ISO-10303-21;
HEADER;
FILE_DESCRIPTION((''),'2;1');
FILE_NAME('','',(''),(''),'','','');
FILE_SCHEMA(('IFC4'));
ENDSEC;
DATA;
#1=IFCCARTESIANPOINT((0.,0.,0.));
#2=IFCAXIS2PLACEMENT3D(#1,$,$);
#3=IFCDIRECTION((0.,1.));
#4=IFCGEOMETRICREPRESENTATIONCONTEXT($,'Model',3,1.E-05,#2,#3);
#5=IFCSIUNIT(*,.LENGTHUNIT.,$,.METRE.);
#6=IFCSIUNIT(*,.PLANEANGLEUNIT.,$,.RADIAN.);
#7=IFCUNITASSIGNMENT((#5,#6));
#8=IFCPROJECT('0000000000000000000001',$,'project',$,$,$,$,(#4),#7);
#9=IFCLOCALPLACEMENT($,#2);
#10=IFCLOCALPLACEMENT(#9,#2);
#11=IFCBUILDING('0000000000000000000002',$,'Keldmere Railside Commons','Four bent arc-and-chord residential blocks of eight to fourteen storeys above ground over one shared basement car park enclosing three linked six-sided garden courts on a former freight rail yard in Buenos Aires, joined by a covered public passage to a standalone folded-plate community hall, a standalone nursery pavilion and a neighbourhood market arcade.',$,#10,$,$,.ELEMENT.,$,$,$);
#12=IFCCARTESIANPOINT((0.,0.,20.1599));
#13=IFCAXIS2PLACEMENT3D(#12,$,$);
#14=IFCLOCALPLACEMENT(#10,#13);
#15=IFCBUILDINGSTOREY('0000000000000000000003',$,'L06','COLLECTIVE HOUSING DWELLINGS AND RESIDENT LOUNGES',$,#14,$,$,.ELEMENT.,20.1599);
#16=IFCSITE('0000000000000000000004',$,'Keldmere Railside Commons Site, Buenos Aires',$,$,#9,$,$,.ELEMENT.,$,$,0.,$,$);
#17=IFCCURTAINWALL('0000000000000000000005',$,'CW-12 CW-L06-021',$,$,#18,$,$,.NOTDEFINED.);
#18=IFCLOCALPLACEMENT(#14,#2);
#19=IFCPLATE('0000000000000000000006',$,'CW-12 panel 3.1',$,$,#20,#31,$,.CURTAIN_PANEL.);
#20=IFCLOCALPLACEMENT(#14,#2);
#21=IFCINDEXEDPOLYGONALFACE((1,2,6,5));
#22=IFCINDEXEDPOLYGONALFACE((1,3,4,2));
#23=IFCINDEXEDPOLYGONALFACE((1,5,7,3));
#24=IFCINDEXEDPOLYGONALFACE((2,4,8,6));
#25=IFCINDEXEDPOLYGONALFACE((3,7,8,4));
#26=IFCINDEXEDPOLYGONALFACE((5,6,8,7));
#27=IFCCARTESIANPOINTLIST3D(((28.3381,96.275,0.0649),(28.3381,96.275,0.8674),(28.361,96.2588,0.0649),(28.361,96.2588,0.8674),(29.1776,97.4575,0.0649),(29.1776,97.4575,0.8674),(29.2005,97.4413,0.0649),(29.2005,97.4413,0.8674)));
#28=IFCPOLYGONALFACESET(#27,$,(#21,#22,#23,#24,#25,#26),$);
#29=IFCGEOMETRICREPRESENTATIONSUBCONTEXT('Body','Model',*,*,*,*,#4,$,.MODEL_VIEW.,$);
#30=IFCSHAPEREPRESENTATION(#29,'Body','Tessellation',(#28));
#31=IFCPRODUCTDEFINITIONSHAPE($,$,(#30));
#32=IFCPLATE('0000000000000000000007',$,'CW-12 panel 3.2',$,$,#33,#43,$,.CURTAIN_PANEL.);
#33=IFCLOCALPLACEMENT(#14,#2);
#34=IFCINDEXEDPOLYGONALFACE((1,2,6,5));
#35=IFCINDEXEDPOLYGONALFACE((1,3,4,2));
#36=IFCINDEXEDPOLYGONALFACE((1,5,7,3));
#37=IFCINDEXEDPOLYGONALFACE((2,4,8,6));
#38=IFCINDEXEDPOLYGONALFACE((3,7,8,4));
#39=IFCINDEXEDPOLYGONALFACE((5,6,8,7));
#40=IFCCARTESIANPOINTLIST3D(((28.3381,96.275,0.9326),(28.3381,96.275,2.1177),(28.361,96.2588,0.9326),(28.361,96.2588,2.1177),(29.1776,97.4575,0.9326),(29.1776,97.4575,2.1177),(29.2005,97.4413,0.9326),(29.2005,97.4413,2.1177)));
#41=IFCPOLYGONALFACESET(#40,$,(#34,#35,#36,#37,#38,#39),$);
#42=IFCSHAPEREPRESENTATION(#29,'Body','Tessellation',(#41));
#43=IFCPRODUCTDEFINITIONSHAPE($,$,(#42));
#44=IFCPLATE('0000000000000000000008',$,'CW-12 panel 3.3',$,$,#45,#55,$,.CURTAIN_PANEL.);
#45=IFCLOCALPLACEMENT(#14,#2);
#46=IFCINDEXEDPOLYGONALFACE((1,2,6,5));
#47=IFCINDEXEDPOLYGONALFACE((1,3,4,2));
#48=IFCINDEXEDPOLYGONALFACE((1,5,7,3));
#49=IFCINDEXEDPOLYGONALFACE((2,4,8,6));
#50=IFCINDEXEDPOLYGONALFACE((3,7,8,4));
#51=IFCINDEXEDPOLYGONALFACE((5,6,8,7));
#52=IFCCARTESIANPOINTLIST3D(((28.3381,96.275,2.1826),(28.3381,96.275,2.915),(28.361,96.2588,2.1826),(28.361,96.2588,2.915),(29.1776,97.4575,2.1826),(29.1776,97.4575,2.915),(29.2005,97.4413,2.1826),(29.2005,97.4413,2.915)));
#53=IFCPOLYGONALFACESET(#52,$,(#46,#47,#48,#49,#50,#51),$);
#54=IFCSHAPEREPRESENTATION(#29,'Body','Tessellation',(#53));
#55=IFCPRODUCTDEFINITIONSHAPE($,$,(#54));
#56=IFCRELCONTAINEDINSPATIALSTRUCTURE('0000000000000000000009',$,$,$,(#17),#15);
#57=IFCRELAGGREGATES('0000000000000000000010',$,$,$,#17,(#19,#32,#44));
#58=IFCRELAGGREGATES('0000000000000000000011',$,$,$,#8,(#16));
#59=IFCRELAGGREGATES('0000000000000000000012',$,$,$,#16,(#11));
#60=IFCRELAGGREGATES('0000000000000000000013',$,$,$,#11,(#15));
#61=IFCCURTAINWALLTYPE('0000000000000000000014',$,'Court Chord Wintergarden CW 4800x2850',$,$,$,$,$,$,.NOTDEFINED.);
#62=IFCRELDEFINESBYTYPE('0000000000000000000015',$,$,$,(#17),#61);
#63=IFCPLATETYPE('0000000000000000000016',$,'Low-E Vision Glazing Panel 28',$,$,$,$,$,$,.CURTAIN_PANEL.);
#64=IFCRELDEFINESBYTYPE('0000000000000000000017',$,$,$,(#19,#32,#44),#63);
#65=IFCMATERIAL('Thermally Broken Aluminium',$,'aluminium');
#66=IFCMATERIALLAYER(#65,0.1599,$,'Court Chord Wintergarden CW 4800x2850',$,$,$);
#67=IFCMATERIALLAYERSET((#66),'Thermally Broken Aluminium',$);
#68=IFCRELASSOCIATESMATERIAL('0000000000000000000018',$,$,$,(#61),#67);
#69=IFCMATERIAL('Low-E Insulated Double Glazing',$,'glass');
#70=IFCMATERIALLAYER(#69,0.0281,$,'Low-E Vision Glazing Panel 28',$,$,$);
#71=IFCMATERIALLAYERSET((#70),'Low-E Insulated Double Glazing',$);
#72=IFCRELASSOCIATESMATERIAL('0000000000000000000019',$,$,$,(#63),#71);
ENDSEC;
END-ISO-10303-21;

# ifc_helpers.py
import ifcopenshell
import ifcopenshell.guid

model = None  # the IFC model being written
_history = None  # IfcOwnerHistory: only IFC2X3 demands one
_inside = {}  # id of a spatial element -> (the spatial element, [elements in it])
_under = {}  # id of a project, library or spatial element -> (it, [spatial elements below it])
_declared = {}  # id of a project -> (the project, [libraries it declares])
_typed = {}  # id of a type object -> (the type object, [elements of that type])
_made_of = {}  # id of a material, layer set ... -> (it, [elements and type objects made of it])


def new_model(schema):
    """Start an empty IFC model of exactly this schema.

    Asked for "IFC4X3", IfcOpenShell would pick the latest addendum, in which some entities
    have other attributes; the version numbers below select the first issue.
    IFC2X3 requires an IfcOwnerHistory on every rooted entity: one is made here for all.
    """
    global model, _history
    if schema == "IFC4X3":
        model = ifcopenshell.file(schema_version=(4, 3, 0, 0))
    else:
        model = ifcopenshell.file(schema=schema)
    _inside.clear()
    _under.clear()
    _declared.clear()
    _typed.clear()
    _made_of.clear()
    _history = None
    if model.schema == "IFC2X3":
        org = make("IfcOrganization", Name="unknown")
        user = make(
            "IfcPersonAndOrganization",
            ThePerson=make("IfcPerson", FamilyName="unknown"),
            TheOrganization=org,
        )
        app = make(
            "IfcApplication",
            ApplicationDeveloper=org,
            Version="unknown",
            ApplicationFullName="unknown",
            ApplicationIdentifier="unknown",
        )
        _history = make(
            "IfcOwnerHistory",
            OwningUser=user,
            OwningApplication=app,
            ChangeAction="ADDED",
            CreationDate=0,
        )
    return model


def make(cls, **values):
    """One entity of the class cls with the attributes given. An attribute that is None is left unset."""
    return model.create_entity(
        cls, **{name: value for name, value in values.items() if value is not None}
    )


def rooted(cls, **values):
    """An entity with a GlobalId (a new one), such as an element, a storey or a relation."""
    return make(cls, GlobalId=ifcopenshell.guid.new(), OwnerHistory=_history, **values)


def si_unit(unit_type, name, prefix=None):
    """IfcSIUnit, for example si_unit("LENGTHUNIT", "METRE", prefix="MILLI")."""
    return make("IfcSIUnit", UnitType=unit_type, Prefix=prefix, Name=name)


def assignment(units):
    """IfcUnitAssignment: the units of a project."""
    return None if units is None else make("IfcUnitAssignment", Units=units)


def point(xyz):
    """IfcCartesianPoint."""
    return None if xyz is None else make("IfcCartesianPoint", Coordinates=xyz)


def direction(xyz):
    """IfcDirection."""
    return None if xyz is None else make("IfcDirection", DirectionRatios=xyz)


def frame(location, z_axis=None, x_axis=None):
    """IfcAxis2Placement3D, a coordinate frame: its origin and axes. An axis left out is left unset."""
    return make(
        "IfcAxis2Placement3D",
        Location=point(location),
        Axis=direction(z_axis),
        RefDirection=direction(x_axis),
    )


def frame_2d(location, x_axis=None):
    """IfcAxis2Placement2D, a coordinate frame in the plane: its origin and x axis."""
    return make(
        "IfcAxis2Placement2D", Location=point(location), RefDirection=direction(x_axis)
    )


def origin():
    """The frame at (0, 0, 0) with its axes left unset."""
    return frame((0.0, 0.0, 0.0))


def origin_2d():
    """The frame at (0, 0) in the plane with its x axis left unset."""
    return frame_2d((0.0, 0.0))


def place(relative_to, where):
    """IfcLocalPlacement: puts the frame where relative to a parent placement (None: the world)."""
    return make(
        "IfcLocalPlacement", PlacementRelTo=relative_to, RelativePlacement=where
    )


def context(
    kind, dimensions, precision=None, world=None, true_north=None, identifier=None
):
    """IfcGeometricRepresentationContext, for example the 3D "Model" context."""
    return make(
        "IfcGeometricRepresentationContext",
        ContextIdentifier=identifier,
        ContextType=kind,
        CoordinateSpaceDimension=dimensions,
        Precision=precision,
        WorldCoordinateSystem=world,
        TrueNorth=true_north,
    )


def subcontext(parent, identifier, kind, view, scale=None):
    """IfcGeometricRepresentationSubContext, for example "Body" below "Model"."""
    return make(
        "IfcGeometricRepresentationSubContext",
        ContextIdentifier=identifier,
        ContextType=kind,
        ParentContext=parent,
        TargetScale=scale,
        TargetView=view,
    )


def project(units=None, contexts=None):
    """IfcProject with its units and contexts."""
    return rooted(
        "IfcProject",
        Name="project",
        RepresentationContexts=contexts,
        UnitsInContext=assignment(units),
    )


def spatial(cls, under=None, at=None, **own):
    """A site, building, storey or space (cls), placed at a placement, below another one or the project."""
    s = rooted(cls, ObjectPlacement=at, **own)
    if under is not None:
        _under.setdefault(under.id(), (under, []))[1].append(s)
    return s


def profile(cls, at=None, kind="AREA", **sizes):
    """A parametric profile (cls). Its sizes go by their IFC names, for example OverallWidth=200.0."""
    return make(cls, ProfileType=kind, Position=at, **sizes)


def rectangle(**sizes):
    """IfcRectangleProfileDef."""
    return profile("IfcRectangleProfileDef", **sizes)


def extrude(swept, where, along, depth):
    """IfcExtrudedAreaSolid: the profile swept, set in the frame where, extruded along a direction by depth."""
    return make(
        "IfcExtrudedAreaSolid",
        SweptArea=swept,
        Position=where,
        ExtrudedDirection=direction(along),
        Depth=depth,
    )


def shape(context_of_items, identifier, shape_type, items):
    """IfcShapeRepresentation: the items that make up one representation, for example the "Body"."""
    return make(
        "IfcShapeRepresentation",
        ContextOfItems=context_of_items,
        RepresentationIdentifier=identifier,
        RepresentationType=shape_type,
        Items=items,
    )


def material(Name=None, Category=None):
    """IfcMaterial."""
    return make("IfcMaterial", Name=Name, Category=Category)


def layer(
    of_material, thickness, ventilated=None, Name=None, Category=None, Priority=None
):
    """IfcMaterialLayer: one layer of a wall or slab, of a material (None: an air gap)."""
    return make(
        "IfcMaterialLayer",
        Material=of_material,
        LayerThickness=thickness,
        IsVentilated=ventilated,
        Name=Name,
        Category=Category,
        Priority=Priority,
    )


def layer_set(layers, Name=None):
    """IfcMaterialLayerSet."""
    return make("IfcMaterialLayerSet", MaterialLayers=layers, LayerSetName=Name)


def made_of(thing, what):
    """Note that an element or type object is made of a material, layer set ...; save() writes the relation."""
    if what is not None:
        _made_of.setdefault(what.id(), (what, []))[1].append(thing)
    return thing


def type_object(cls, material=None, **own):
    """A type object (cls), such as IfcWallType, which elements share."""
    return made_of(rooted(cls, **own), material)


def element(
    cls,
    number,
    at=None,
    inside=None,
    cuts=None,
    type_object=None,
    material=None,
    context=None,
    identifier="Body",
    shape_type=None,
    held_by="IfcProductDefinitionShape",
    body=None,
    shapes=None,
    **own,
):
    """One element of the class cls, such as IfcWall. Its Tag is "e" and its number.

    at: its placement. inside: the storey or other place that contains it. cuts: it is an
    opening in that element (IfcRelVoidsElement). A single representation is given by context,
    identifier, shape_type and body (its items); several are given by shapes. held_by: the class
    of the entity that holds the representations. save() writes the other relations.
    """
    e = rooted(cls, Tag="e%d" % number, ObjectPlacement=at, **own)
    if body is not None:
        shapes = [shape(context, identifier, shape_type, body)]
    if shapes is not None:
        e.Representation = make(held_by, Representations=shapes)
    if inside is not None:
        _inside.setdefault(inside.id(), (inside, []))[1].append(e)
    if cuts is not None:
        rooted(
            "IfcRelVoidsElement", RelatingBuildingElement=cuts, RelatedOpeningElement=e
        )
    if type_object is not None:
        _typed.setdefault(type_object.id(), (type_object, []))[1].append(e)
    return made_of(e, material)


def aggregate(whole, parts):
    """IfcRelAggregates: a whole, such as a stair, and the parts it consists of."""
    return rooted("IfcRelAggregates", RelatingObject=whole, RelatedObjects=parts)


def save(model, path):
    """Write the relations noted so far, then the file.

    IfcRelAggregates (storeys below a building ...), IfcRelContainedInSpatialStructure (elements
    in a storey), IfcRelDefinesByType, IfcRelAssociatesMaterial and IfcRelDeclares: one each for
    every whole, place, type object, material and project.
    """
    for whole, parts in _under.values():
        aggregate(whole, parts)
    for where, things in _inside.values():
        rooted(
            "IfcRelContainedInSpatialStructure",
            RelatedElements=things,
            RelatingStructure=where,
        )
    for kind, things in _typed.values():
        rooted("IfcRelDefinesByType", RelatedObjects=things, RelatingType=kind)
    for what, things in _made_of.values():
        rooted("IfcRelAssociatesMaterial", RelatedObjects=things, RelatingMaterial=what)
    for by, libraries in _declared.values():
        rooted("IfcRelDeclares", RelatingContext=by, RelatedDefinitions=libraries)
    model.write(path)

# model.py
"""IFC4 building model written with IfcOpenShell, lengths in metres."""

from ifc_helpers import new_model, si_unit, direction, frame, origin, origin_2d, place, context, subcontext, project, spatial, rectangle, extrude, material, layer, layer_set, type_object, element, aggregate, save


model = new_model("IFC4")

# Units and contexts
model_context = context("Model", 3, precision=1e-05, world=origin(), true_north=direction((0.0, 1.0)))
body_context = subcontext(model_context, "Body", "Model", "MODEL_VIEW")
ifc_project = project(units=[si_unit("LENGTHUNIT", "METRE"), si_unit("PLANEANGLEUNIT", "RADIAN")], contexts=[model_context])

# Site, building, storey
site_placement = place(None, origin())
site = spatial("IfcSite", under=ifc_project, at=site_placement, Name="Keldmere Railside Commons Site, Buenos Aires", CompositionType="ELEMENT", RefElevation=0.0)
building_placement = place(site_placement, origin())
building = spatial("IfcBuilding", under=site, at=building_placement, Name="Keldmere Railside Commons", Description="Four bent arc-and-chord residential blocks of eight to fourteen storeys above ground over one shared basement car park enclosing three linked six-sided garden courts on a former freight rail yard in Buenos Aires, joined by a covered public passage to a standalone folded-plate community hall, a standalone nursery pavilion and a neighbourhood market arcade.", CompositionType="ELEMENT")
storey_placement = place(building_placement, frame((0.0, 0.0, 20.1599)))
storey = spatial("IfcBuildingStorey", under=building, at=storey_placement, Name="L06", Description="COLLECTIVE HOUSING DWELLINGS AND RESIDENT LOUNGES", CompositionType="ELEMENT", Elevation=20.1599)

# Shared definitions
ifc_material_1 = material(Name="Thermally Broken Aluminium", Category="aluminium")

# Curtain wall
ifc_layer_1 = layer(ifc_material_1, 0.1599, Name="Court Chord Wintergarden CW 4800x2850")
ifc_layer_set_1 = layer_set([ifc_layer_1], Name="Thermally Broken Aluminium")
curtain_wall_type_1 = type_object("IfcCurtainWallType", Name="Court Chord Wintergarden CW 4800x2850", PredefinedType="NOTDEFINED", material=ifc_layer_set_1)
curtain_wall_1_placement = place(storey_placement, origin())
curtain_wall_1 = element("IfcCurtainWall", 1, at=curtain_wall_1_placement, inside=storey, type_object=curtain_wall_type_1, Name="CW-12 CW-L06-021", PredefinedType="NOTDEFINED")

# Plates
ifc_material_2 = material(Name="Low-E Insulated Double Glazing", Category="glass")
ifc_layer_2 = layer(ifc_material_2, 0.0281, Name="Low-E Vision Glazing Panel 28")
ifc_layer_set_2 = layer_set([ifc_layer_2], Name="Low-E Insulated Double Glazing")
plate_type_1 = type_object("IfcPlateType", Name="Low-E Vision Glazing Panel 28", PredefinedType="CURTAIN_PANEL", material=ifc_layer_set_2)
plate_1_placement = place(storey_placement, frame((28.7693, 96.8582, 0.0649), z_axis=(0.0, 0.0, 1.0), x_axis=(-0.578913, -0.815389, 0.0)))
plate_1 = element("IfcPlate", 2, at=plate_1_placement, type_object=plate_type_1, Name="CW-12 panel 3.1", PredefinedType="CURTAIN_PANEL", context=body_context, shape_type="SweptSolid", body=[
    extrude(rectangle(XDim=1.4502, YDim=0.0281, at=origin_2d()), origin(), (0.0, 0.0, 1.0), 0.8025),
])
plate_2_placement = place(storey_placement, frame((28.7693, 96.8582, 0.9326), z_axis=(0.0, 0.0, 1.0), x_axis=(-0.578913, -0.815389, 0.0)))
plate_2 = element("IfcPlate", 3, at=plate_2_placement, type_object=plate_type_1, Name="CW-12 panel 3.2", PredefinedType="CURTAIN_PANEL", context=body_context, shape_type="SweptSolid", body=[
    extrude(rectangle(XDim=1.4502, YDim=0.0281, at=origin_2d()), origin(), (0.0, 0.0, 1.0), 1.1851),
])
plate_3_placement = place(storey_placement, frame((28.7693, 96.8582, 2.1826), z_axis=(0.0, 0.0, 1.0), x_axis=(-0.578913, -0.815389, 0.0)))
plate_3 = element("IfcPlate", 4, at=plate_3_placement, type_object=plate_type_1, Name="CW-12 panel 3.3", PredefinedType="CURTAIN_PANEL", context=body_context, shape_type="SweptSolid", body=[
    extrude(rectangle(XDim=1.4502, YDim=0.0281, at=origin_2d()), origin(), (0.0, 0.0, 1.0), 0.7324),
])
aggregate(curtain_wall_1, [plate_1, plate_2, plate_3])

save(model, "model.ifc")
